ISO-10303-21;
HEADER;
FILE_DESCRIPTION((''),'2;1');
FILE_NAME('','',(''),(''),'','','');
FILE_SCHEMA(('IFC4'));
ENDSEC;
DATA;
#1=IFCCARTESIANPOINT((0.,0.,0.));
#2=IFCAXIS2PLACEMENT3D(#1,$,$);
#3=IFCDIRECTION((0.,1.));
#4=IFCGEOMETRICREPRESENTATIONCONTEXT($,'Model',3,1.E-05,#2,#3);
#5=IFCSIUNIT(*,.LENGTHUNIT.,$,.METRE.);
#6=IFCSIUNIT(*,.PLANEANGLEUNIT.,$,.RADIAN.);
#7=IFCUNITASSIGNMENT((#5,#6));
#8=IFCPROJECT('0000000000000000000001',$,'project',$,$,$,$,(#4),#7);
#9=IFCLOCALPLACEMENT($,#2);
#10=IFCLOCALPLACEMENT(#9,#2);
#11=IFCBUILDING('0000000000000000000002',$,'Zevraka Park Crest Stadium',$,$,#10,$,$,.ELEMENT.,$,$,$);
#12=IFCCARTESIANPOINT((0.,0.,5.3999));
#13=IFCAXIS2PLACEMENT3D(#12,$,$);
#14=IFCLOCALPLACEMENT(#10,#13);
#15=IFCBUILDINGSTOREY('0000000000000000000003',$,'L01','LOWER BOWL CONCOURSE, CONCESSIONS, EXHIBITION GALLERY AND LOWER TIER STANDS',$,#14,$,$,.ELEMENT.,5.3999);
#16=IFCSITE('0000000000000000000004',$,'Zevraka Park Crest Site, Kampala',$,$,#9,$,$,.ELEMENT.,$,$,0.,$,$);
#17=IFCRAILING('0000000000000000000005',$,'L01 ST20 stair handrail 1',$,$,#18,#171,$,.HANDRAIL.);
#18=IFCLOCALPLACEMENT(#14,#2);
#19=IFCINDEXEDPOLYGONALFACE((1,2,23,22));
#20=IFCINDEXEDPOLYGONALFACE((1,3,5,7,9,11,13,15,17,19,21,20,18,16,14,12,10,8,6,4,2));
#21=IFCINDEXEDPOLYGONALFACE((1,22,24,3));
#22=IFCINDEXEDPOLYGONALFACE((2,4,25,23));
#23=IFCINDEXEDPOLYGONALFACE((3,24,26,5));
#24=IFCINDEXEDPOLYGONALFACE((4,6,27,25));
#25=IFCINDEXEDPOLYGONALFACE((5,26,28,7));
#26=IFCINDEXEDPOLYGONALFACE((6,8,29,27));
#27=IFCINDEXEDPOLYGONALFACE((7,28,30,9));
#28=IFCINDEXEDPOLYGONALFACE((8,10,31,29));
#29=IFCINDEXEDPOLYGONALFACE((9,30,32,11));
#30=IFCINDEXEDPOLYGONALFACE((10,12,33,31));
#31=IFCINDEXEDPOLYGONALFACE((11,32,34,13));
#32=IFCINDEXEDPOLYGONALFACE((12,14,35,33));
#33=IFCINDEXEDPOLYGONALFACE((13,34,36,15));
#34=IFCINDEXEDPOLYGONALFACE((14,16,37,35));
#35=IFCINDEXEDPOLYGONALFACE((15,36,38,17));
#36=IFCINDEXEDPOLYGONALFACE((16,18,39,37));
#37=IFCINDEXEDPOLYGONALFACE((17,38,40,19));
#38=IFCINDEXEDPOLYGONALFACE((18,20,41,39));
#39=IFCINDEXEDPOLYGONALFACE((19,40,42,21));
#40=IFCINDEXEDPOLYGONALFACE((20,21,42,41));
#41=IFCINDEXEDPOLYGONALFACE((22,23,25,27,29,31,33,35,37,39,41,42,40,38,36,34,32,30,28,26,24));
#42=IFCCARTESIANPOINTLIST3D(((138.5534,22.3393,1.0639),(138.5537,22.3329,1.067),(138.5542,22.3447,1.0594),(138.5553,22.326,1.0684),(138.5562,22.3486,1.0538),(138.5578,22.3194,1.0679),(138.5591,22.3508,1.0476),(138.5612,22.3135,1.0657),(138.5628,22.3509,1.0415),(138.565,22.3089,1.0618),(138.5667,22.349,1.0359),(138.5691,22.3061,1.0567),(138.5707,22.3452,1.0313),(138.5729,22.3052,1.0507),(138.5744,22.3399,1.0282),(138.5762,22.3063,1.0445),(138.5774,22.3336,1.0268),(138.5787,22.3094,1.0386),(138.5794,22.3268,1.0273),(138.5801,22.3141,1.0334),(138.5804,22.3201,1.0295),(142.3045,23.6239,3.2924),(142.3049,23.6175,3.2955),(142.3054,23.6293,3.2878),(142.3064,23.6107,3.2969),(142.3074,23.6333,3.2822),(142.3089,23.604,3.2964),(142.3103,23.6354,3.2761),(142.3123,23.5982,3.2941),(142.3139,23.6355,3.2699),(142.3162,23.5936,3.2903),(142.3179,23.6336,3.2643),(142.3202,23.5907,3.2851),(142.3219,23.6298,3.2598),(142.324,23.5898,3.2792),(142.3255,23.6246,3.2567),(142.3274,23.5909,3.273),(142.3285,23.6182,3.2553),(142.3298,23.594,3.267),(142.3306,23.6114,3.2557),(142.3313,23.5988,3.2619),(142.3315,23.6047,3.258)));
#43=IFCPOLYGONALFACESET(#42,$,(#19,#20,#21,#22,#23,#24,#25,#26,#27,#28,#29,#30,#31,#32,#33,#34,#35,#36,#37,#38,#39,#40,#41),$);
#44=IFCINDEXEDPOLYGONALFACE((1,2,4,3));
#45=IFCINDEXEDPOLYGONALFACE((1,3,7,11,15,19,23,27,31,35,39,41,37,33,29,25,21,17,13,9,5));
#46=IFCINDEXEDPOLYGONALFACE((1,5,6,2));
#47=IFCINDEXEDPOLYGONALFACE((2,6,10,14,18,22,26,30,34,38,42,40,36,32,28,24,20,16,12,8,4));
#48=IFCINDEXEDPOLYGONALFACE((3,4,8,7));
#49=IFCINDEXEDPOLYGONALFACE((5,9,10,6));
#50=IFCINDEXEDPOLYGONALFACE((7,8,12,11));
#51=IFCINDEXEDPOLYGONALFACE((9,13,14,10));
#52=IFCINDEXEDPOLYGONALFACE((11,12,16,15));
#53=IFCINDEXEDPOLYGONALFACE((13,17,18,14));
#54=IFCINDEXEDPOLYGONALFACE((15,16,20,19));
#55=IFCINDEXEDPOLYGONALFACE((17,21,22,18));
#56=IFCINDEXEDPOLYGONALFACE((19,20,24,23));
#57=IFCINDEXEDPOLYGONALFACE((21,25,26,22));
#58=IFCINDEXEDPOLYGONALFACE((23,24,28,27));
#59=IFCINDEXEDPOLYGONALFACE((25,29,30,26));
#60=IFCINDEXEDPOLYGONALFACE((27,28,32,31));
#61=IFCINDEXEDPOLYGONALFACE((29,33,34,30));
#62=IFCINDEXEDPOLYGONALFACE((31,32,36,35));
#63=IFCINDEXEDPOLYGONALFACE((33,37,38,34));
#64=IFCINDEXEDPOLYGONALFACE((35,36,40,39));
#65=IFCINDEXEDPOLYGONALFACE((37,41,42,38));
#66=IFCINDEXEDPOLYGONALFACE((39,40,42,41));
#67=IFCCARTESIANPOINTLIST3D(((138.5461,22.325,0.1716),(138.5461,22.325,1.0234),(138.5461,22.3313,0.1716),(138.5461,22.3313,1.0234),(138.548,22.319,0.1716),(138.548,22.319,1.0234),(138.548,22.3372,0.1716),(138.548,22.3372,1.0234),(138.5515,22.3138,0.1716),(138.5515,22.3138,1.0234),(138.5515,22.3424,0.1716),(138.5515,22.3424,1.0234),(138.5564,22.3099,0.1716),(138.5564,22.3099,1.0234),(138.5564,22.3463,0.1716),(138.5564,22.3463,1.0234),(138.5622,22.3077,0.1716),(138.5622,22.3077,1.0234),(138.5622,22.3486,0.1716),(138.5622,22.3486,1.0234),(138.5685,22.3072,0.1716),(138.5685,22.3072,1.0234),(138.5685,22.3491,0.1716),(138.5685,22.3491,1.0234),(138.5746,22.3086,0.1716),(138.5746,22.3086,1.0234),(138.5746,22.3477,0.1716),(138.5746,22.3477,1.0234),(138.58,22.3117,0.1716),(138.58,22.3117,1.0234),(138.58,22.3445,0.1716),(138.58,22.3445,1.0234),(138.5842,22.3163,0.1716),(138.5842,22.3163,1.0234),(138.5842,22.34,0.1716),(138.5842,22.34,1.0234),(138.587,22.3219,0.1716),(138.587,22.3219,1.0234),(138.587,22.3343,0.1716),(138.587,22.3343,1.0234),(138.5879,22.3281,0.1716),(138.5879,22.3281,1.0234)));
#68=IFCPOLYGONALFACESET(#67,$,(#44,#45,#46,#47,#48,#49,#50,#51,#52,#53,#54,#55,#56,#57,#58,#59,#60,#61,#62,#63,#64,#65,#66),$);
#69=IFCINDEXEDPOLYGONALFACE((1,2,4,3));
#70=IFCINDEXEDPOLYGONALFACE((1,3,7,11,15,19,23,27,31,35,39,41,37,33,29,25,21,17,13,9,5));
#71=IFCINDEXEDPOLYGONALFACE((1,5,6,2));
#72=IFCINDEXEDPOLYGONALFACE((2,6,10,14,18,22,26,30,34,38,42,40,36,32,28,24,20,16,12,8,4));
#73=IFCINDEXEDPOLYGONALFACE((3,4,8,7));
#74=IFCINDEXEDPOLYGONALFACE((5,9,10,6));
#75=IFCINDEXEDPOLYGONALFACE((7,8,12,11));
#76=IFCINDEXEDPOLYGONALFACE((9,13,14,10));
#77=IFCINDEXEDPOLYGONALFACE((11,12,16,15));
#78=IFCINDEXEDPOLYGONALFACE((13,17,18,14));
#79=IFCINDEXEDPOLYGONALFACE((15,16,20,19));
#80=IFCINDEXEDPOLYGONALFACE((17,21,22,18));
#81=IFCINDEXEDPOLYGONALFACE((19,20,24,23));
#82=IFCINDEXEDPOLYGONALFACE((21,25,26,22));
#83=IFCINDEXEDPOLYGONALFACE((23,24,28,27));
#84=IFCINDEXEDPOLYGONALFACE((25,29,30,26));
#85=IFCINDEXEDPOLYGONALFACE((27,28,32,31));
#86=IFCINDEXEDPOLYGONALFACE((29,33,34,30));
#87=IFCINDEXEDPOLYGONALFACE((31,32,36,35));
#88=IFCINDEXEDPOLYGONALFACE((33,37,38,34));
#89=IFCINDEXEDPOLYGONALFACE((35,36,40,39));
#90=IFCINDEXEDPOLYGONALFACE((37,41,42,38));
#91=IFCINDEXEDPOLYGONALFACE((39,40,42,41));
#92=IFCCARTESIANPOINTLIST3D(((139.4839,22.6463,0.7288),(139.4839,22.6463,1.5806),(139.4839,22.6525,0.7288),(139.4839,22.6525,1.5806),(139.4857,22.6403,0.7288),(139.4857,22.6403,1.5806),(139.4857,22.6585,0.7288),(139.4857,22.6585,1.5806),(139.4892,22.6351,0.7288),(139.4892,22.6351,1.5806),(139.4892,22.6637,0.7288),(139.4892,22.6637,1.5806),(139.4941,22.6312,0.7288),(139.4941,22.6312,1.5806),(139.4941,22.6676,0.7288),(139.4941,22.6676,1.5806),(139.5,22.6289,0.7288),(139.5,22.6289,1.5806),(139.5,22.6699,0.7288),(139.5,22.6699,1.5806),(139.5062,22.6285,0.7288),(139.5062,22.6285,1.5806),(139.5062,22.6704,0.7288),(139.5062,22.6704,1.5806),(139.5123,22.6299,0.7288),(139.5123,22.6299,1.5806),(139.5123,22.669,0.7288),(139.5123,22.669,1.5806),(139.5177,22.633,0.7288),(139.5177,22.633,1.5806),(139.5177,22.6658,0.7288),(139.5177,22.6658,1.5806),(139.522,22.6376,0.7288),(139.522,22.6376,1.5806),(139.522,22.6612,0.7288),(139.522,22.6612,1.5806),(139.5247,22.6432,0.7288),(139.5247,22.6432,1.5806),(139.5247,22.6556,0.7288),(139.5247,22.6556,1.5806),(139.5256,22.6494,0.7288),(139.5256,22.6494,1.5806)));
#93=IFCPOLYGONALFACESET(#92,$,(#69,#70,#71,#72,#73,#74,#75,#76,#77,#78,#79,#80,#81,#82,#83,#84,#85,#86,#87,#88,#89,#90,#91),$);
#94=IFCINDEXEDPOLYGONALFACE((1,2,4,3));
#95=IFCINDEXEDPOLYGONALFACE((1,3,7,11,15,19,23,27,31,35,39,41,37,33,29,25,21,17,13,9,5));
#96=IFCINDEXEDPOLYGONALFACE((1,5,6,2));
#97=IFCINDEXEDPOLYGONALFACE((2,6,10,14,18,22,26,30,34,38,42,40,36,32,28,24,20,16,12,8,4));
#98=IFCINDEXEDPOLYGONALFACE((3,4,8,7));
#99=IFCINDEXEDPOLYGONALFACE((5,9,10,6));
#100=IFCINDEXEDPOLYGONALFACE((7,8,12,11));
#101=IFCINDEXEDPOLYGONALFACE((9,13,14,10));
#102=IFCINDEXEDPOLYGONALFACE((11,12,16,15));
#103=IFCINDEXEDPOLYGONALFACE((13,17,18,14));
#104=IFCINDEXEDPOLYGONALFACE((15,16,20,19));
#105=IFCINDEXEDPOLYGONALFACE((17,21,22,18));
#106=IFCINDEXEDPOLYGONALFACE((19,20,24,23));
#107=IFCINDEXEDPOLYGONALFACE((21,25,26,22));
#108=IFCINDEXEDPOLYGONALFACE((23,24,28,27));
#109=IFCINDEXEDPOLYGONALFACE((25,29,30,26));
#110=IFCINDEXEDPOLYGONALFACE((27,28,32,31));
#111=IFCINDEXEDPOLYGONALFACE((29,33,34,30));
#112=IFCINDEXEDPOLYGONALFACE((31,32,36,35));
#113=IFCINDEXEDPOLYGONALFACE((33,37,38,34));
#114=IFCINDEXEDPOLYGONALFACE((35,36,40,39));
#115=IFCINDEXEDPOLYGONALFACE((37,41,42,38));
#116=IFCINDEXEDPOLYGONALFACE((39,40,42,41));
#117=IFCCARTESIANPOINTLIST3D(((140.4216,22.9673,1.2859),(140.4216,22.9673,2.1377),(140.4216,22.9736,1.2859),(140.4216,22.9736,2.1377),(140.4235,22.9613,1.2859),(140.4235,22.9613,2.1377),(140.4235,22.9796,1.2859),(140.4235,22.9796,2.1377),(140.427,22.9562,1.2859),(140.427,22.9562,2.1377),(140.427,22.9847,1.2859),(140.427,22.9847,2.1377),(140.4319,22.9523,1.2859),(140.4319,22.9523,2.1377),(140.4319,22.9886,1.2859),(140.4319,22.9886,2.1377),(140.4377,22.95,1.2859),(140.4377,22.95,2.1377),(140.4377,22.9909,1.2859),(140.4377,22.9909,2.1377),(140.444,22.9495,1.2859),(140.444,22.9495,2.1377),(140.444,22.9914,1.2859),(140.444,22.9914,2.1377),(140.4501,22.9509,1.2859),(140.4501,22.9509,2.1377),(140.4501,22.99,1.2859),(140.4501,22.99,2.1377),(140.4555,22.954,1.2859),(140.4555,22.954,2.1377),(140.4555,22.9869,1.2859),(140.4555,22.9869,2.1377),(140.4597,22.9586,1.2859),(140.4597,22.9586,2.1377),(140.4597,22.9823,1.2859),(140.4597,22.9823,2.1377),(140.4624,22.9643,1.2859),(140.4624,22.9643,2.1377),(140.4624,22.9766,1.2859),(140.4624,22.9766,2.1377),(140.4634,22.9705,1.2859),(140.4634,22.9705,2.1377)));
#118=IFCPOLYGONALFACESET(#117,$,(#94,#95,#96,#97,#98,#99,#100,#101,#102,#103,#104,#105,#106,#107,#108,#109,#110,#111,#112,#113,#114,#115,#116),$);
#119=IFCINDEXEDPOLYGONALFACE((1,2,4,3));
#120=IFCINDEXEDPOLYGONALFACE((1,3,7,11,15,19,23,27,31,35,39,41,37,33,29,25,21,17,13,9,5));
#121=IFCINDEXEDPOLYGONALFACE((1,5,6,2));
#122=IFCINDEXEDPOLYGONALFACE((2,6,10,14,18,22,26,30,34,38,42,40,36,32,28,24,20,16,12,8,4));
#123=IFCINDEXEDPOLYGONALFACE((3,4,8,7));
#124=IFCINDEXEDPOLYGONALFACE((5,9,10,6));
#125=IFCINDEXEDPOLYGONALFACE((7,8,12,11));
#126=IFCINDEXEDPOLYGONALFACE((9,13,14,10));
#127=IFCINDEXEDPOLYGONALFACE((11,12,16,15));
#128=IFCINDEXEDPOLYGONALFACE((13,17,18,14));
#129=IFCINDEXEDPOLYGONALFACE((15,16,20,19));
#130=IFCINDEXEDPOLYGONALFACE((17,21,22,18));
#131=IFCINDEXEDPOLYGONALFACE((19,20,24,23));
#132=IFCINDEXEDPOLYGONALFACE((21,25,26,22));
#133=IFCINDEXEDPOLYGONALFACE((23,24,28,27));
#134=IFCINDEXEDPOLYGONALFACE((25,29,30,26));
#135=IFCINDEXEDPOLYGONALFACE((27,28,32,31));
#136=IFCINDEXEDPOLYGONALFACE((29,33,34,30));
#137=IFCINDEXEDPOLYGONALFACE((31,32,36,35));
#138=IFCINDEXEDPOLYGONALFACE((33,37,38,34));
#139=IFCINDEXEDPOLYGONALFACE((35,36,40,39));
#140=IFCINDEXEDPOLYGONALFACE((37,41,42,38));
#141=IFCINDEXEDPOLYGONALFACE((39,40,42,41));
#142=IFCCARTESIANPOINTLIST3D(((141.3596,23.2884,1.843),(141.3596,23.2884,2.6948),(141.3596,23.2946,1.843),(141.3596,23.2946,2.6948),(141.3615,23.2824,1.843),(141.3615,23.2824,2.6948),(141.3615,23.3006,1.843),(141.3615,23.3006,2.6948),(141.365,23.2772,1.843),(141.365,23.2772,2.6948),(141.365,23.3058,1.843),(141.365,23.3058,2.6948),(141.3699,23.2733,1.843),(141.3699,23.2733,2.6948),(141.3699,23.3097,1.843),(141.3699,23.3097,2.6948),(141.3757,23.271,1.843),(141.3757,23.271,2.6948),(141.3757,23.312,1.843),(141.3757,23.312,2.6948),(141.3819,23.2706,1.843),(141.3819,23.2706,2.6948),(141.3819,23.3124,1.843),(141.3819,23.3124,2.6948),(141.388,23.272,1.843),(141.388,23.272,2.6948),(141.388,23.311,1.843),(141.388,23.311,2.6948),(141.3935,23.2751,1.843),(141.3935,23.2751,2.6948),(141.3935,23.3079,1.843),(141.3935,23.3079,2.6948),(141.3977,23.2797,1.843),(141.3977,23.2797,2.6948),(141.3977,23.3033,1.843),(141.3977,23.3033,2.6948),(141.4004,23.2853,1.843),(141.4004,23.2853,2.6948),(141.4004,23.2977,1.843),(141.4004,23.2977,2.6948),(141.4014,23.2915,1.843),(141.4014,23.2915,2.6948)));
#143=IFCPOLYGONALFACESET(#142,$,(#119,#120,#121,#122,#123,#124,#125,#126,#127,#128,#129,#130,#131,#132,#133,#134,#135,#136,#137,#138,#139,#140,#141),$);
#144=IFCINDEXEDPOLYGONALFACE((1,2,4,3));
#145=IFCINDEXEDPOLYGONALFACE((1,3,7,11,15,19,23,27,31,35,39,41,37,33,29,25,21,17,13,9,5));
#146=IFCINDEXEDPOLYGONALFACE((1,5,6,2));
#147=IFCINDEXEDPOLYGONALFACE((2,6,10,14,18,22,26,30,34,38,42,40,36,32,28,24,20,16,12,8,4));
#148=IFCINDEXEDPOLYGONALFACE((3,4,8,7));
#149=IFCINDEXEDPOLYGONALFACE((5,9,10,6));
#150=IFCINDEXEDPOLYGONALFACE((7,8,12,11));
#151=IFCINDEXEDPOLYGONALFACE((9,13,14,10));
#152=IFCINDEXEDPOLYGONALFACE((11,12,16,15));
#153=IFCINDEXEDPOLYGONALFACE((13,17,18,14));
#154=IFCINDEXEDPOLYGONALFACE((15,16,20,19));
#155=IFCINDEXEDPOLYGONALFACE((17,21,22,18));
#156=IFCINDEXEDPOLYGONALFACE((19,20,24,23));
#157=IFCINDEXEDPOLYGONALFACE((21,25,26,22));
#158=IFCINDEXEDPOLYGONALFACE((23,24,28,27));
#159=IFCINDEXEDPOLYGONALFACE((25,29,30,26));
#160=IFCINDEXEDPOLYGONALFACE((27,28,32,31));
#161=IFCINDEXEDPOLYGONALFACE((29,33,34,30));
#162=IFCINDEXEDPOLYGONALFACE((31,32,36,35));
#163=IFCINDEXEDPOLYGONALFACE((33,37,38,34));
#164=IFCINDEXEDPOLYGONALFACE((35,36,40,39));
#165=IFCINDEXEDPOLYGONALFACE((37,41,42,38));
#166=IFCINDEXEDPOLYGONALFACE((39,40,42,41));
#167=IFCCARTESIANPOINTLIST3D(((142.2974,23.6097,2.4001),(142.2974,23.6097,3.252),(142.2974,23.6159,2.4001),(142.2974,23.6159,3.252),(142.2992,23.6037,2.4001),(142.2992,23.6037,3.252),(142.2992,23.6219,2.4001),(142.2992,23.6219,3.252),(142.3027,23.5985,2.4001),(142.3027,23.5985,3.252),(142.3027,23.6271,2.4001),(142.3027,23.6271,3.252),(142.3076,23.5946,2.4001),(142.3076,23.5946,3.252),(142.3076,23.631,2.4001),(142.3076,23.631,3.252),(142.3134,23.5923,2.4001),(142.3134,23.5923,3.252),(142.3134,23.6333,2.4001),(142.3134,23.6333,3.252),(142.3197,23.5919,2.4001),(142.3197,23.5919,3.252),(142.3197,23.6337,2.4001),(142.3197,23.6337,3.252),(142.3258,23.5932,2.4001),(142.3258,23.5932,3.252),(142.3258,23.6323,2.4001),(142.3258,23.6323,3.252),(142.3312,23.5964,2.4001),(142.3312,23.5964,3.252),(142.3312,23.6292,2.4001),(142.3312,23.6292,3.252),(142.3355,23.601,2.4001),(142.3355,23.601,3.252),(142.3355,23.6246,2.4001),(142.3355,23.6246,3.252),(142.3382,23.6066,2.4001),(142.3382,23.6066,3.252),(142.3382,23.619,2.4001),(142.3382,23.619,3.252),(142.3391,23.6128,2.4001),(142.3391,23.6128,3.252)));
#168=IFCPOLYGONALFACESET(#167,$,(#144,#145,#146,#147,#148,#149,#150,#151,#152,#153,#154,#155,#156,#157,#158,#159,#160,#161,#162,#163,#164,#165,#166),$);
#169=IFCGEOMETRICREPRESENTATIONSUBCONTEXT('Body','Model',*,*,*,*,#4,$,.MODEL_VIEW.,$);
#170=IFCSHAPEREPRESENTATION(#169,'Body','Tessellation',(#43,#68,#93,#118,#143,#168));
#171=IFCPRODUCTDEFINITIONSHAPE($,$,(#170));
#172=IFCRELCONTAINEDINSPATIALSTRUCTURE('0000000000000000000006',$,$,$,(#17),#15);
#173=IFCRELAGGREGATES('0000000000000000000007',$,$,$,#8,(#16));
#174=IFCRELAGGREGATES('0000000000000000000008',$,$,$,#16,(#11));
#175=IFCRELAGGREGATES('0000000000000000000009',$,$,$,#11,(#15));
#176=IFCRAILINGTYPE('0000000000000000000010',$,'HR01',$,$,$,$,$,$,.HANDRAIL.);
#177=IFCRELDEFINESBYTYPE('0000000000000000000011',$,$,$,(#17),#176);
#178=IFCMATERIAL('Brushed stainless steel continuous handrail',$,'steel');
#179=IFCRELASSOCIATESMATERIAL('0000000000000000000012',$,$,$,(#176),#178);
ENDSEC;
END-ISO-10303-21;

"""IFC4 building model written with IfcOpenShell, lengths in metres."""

from ifc_helpers import new_model, si_unit, direction, frame, origin, origin_2d, place, context, subcontext, project, spatial, circle, extrude, material, type_object, element, save


model = new_model("IFC4")

# Units and contexts
model_context = context("Model", 3, precision=1e-05, world=origin(), true_north=direction((0.0, 1.0)))
body_context = subcontext(model_context, "Body", "Model", "MODEL_VIEW")
ifc_project = project(units=[si_unit("LENGTHUNIT", "METRE"), si_unit("PLANEANGLEUNIT", "RADIAN")], contexts=[model_context])

# Site, building, storey
site_placement = place(None, origin())
site = spatial("IfcSite", under=ifc_project, at=site_placement, Name="Zevraka Park Crest Site, Kampala", CompositionType="ELEMENT", RefElevation=0.0)
building_placement = place(site_placement, origin())
building = spatial("IfcBuilding", under=site, at=building_placement, Name="Zevraka Park Crest Stadium", CompositionType="ELEMENT")
storey_placement = place(building_placement, frame((0.0, 0.0, 5.3999)))
storey = spatial("IfcBuildingStorey", under=building, at=storey_placement, Name="L01", Description="LOWER BOWL CONCOURSE, CONCESSIONS, EXHIBITION GALLERY AND LOWER TIER STANDS", CompositionType="ELEMENT", Elevation=5.3999)

# Railing
ifc_material_1 = material(Name="Brushed stainless steel continuous handrail", Category="steel")
railing_type_1 = type_object("IfcRailingType", Name="HR01", PredefinedType="HANDRAIL", material=ifc_material_1)
railing_1_placement = place(storey_placement, frame((138.5669, 22.3281, 0.1716)))
element("IfcRailing", 1, at=railing_1_placement, inside=storey, type_object=railing_type_1, Name="L01 ST20 stair handrail 1", PredefinedType="HANDRAIL", context=body_context, shape_type="SweptSolid", body=[
    extrude(circle(Radius=0.0239, at=origin_2d()), frame((0.0, 0.0, 0.876), z_axis=(0.824727, 0.282441, 0.489952), x_axis=(-0.323994, 0.946059, 0.0)), (0.0, 0.0, 1.0), 4.5483),
    extrude(circle(Radius=0.021, at=origin_2d()), origin(), (0.0, 0.0, 1.0), 0.8518),
    extrude(circle(Radius=0.021, at=origin_2d()), frame((0.9377, 0.3213, 0.5571)), (0.0, 0.0, 1.0), 0.8518),
    extrude(circle(Radius=0.021, at=origin_2d()), frame((1.8755, 0.6423, 1.1143)), (0.0, 0.0, 1.0), 0.8518),
    extrude(circle(Radius=0.021, at=origin_2d()), frame((2.8135, 0.9634, 1.6714)), (0.0, 0.0, 1.0), 0.8518),
    extrude(circle(Radius=0.021, at=origin_2d()), frame((3.7512, 1.2847, 2.2285)), (0.0, 0.0, 1.0), 0.8518),
])

save(model, "model.ifc")
